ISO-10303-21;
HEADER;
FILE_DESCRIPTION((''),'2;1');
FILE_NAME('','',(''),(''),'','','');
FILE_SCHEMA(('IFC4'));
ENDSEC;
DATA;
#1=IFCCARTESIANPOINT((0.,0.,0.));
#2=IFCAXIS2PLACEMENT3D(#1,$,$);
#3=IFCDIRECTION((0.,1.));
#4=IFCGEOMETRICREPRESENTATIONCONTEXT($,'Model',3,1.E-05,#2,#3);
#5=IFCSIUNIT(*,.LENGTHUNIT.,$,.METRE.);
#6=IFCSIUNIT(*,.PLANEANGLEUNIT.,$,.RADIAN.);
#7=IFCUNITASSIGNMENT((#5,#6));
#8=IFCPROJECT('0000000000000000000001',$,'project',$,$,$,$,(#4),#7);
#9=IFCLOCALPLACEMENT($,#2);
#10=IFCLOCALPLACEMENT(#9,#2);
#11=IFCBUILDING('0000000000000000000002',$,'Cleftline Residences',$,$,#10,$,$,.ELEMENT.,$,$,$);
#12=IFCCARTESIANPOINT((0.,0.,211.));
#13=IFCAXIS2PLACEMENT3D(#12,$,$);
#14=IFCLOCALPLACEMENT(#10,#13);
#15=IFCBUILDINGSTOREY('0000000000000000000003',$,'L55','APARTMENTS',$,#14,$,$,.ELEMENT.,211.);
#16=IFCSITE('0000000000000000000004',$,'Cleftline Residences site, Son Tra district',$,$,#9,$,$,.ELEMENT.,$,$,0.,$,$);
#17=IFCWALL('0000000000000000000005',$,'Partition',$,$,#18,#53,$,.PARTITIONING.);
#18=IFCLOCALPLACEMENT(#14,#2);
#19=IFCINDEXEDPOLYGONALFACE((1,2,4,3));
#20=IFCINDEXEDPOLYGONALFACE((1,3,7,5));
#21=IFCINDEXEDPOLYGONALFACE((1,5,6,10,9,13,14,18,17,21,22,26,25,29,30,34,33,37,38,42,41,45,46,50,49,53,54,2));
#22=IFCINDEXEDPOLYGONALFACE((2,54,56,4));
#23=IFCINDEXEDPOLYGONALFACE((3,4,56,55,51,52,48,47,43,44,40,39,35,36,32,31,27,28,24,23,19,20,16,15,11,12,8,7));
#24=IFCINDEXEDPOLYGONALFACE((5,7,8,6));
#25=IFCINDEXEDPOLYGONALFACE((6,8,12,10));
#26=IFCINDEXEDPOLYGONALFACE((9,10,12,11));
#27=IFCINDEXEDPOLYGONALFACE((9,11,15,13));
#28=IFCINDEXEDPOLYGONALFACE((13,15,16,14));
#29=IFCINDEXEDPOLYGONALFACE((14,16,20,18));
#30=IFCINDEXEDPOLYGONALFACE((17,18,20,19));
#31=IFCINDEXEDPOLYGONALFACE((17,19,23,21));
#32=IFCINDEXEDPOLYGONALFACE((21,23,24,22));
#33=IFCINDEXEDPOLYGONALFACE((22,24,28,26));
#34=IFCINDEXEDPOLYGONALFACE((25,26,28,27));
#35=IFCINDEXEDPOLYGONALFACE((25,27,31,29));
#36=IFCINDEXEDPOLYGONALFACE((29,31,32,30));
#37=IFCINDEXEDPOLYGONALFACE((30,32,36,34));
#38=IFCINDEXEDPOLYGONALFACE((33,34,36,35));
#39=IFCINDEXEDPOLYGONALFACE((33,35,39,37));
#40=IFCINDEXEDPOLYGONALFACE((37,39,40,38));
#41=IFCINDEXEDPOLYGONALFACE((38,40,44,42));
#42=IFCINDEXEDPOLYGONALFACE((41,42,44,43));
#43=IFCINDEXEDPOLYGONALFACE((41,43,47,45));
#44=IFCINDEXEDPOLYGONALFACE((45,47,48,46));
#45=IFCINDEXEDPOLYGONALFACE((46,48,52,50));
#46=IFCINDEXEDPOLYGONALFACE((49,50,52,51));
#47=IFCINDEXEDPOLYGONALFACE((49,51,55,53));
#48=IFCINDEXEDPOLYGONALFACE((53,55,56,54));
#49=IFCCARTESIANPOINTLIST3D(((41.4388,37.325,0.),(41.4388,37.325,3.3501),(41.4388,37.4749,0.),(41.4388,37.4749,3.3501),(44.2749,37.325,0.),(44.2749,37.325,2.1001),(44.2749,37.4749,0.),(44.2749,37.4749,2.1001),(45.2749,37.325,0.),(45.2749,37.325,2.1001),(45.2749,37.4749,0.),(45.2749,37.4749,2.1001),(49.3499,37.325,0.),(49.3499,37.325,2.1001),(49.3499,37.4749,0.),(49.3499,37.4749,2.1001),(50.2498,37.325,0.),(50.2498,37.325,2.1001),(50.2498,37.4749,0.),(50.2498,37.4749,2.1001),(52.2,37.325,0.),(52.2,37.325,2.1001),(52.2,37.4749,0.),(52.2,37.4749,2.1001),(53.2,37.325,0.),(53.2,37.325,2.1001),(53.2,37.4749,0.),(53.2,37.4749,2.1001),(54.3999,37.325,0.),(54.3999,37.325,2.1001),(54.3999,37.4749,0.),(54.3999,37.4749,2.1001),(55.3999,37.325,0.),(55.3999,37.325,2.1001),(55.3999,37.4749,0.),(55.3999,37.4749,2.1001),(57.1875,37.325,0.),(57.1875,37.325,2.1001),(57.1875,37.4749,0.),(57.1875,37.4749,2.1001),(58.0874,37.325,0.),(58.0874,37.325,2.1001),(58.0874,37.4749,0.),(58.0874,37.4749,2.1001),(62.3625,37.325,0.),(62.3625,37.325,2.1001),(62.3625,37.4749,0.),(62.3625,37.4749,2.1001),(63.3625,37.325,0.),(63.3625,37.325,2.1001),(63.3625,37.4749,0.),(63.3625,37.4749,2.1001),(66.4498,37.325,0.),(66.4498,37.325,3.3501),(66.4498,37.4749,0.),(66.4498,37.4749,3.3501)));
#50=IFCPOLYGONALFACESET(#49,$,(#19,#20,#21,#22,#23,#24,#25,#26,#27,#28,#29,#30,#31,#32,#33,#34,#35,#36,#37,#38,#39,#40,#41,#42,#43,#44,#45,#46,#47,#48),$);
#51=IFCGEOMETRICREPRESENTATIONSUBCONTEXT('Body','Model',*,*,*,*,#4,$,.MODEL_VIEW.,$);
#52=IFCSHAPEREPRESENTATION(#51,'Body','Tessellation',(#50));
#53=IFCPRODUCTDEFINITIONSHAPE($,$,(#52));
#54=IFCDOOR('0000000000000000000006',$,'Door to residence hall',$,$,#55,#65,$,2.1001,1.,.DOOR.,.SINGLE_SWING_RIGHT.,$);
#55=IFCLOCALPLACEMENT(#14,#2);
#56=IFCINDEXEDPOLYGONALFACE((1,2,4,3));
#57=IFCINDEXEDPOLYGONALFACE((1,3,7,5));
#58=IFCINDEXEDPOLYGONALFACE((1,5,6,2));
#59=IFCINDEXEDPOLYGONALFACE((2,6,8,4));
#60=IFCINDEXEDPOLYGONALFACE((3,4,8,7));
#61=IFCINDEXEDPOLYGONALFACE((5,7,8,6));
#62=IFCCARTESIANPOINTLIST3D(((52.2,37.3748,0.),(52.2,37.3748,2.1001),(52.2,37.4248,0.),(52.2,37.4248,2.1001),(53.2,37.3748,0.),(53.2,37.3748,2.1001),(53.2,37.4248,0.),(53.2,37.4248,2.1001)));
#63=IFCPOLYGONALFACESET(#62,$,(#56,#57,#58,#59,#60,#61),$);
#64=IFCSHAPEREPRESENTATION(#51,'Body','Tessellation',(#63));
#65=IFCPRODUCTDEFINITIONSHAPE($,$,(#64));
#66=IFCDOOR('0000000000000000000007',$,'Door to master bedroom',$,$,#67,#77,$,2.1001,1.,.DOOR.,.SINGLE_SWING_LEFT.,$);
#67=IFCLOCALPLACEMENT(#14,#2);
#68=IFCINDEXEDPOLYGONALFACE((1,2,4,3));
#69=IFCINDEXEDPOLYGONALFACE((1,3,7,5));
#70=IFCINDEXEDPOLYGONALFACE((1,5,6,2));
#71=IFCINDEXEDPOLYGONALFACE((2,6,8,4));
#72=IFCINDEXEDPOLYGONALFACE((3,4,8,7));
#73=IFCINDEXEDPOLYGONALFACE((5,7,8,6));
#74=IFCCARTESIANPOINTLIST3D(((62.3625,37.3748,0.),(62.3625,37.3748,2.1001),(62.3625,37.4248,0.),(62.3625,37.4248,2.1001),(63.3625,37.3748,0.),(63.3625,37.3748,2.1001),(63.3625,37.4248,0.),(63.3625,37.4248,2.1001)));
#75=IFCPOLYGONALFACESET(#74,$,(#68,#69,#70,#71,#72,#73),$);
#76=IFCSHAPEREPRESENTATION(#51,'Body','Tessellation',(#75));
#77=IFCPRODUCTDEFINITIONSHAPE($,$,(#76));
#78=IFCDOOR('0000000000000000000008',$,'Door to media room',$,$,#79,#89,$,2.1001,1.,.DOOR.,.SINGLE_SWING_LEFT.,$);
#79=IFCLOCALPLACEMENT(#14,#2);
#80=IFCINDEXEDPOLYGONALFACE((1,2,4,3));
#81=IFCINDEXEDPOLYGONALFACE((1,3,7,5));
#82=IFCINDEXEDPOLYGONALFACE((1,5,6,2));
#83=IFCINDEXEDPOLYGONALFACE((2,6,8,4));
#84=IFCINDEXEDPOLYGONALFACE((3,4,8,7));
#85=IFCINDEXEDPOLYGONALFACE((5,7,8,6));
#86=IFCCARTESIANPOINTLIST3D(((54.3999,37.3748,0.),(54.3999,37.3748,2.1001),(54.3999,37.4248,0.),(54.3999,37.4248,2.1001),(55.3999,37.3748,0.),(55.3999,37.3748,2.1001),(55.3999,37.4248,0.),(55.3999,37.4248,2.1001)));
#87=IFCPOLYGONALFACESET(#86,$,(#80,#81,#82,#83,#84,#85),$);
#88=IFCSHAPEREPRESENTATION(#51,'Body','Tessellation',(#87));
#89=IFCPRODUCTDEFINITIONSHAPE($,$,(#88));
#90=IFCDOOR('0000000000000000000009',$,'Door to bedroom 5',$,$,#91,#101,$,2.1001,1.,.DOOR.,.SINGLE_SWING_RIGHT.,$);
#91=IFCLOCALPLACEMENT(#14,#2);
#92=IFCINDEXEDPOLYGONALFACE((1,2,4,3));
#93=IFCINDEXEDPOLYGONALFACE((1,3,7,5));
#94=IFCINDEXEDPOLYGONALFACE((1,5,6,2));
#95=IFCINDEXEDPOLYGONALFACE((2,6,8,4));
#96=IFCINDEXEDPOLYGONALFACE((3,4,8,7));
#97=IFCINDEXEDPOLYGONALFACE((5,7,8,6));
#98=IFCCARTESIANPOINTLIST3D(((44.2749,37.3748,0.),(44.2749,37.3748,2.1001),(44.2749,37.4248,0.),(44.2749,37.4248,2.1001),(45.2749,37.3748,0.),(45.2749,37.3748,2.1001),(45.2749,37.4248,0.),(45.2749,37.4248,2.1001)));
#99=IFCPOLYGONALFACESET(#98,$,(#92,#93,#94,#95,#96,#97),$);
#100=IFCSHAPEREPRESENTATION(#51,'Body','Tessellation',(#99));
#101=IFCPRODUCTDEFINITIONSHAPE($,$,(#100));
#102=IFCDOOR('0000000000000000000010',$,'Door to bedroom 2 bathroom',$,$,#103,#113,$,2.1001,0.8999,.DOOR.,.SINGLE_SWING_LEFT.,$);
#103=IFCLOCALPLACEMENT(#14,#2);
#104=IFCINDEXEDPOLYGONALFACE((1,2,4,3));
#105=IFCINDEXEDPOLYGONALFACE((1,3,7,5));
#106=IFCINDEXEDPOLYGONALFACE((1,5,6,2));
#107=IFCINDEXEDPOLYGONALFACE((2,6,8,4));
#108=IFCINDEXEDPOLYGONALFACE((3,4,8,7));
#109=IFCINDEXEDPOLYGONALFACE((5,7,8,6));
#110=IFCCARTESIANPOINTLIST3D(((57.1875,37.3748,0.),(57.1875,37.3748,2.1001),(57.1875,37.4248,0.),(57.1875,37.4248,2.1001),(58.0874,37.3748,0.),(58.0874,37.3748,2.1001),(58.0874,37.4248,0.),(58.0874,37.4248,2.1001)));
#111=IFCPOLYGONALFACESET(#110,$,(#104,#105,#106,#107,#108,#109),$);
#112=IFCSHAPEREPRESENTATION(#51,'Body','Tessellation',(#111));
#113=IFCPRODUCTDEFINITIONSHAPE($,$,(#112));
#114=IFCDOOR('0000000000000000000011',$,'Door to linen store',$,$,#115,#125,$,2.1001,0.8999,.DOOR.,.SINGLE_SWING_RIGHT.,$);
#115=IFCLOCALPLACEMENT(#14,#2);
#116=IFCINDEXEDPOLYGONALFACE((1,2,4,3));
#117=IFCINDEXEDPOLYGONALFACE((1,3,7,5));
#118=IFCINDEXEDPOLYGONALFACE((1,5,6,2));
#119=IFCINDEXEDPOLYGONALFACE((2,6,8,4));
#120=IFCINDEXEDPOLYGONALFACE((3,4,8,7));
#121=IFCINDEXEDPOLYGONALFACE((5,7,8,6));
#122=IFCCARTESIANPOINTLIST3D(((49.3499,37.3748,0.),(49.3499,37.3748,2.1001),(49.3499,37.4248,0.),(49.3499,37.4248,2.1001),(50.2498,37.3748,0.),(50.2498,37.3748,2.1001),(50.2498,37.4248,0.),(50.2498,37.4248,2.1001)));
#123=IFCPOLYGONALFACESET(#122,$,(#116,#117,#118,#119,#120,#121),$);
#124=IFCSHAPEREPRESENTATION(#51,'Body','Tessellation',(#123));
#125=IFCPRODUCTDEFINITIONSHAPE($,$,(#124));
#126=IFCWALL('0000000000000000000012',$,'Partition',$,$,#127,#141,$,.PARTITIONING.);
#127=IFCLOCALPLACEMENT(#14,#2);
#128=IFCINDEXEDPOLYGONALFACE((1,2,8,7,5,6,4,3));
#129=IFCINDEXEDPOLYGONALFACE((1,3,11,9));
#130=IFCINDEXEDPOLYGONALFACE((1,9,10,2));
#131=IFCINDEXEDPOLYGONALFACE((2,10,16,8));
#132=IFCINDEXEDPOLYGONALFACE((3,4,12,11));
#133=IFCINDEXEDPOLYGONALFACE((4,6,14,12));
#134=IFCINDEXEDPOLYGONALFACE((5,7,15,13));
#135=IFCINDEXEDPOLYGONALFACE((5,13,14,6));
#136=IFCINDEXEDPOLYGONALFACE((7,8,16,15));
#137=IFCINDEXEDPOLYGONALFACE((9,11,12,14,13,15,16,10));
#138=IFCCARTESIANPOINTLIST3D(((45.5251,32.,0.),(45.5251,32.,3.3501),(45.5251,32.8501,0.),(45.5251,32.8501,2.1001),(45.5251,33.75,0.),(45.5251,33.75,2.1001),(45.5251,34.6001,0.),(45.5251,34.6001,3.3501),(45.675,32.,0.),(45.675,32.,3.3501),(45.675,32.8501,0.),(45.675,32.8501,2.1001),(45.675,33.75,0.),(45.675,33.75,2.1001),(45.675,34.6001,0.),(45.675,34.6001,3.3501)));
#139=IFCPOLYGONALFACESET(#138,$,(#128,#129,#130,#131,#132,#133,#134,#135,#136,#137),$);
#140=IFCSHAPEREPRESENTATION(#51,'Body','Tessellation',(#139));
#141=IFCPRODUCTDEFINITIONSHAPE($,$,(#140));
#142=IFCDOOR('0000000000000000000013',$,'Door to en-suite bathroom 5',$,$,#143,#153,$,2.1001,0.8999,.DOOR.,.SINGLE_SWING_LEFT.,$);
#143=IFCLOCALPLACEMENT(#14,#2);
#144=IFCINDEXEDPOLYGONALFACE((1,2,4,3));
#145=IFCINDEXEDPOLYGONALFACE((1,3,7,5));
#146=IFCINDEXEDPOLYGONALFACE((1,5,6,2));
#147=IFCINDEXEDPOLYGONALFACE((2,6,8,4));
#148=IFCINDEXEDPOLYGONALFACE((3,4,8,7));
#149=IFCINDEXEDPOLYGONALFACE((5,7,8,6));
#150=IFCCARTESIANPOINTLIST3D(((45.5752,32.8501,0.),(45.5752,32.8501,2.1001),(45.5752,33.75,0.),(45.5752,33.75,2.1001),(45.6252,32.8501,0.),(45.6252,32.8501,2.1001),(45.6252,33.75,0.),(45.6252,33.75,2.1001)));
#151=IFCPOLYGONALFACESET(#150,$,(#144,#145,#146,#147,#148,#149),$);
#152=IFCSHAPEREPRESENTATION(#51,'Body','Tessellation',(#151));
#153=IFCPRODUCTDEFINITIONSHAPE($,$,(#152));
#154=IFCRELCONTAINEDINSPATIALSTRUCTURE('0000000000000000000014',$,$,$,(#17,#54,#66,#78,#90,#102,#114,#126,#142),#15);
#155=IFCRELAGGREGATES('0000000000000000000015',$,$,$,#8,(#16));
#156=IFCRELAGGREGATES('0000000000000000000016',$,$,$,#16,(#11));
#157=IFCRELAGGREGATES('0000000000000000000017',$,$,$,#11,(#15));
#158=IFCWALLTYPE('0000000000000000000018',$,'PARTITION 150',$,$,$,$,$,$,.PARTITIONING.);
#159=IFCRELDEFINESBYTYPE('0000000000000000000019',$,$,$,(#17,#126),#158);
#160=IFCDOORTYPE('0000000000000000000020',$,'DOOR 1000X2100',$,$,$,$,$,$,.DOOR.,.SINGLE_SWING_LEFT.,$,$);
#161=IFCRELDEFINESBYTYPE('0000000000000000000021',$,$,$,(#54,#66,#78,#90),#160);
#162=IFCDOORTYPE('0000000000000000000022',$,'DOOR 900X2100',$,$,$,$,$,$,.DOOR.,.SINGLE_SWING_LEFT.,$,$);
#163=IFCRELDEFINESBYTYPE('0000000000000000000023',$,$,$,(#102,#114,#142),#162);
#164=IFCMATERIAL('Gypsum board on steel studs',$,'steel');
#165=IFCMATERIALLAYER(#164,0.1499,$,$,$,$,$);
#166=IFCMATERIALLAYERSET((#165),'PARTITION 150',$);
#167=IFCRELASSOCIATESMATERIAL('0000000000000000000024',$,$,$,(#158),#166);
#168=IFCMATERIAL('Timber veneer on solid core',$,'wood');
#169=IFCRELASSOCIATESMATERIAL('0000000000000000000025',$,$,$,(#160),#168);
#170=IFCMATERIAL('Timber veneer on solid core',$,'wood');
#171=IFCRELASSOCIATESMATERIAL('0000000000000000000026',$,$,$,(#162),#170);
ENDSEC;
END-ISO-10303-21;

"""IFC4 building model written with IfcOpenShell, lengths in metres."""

from ifc_helpers import new_model, si_unit, direction, frame, frame_2d, origin, place, context, subcontext, project, spatial, rectangle, extrude, material, layer, layer_set, type_object, element, fill, save


model = new_model("IFC4")

# Units and contexts
model_context = context("Model", 3, precision=1e-05, world=origin(), true_north=direction((0.0, 1.0)))
body_context = subcontext(model_context, "Body", "Model", "MODEL_VIEW")
ifc_project = project(units=[si_unit("LENGTHUNIT", "METRE"), si_unit("PLANEANGLEUNIT", "RADIAN")], contexts=[model_context])

# Site, building, storey
site_placement = place(None, origin())
site = spatial("IfcSite", under=ifc_project, at=site_placement, Name="Cleftline Residences site, Son Tra district", CompositionType="ELEMENT", RefElevation=0.0)
building_placement = place(site_placement, origin())
building = spatial("IfcBuilding", under=site, at=building_placement, Name="Cleftline Residences", CompositionType="ELEMENT")
storey_placement = place(building_placement, frame((0.0, 0.0, 211.0)))
storey = spatial("IfcBuildingStorey", under=building, at=storey_placement, Name="L55", Description="APARTMENTS", CompositionType="ELEMENT", Elevation=211.0)

# Shared definitions
ifc_material_1 = material(Name="Gypsum board on steel studs", Category="steel")
ifc_layer_1 = layer(ifc_material_1, 0.1499)
ifc_layer_set_1 = layer_set([ifc_layer_1], Name="PARTITION 150")
wall_type_1 = type_object("IfcWallType", Name="PARTITION 150", PredefinedType="PARTITIONING", material=ifc_layer_set_1)
ifc_material_2 = material(Name="Timber veneer on solid core", Category="wood")
door_type_1 = type_object("IfcDoorType", Name="DOOR 1000X2100", OperationType="SINGLE_SWING_LEFT", PredefinedType="DOOR", material=ifc_material_2)

# Wall, openings, doors
wall_1_placement = place(storey_placement, frame((41.439, 37.3999, 0.0), z_axis=(0.0, 0.0, 1.0), x_axis=(1.0, 0.0, 0.0)))
wall_1 = element("IfcWall", 1, at=wall_1_placement, inside=storey, type_object=wall_type_1, Name="Partition", PredefinedType="PARTITIONING", context=body_context, shape_type="SweptSolid", body=[
    extrude(rectangle(XDim=25.011, YDim=0.1499, at=frame_2d((12.5054, 0.0))), origin(), (0.0, 0.0, 1.0), 3.3501),
])
opening_1_placement = place(wall_1_placement, frame((10.761, 0.0, 0.0)))
opening_1 = element("IfcOpeningElement", 2, at=opening_1_placement, cuts=wall_1, PredefinedType="OPENING", context=body_context, shape_type="SweptSolid", body=[
    extrude(rectangle(XDim=1.0, YDim=2.1001, at=frame_2d((0.5, 1.05))), frame((0.0, 0.085, 0.0), z_axis=(0.0, -1.0, 0.0), x_axis=(1.0, 0.0, 0.0)), (0.0, 0.0, 1.0), 0.1699),
])
opening_2_placement = place(wall_1_placement, frame((20.9236, 0.0, 0.0)))
opening_2 = element("IfcOpeningElement", 3, at=opening_2_placement, cuts=wall_1, PredefinedType="OPENING", context=body_context, shape_type="SweptSolid", body=[
    extrude(rectangle(XDim=1.0, YDim=2.1001, at=frame_2d((0.5, 1.05))), frame((0.0, 0.085, 0.0), z_axis=(0.0, -1.0, 0.0), x_axis=(1.0, 0.0, 0.0)), (0.0, 0.0, 1.0), 0.1699),
])
opening_3_placement = place(wall_1_placement, frame((15.7485, 0.0, 0.0)))
opening_3 = element("IfcOpeningElement", 4, at=opening_3_placement, cuts=wall_1, PredefinedType="OPENING", context=body_context, shape_type="SweptSolid", body=[
    extrude(rectangle(XDim=0.8999, YDim=2.1001, at=frame_2d((0.45, 1.05))), frame((0.0, 0.085, 0.0), z_axis=(0.0, -1.0, 0.0), x_axis=(1.0, 0.0, 0.0)), (0.0, 0.0, 1.0), 0.1699),
])
opening_4_placement = place(wall_1_placement, frame((12.9609, 0.0, 0.0)))
opening_4 = element("IfcOpeningElement", 5, at=opening_4_placement, cuts=wall_1, PredefinedType="OPENING", context=body_context, shape_type="SweptSolid", body=[
    extrude(rectangle(XDim=1.0, YDim=2.1001, at=frame_2d((0.5, 1.05))), frame((0.0, 0.085, 0.0), z_axis=(0.0, -1.0, 0.0), x_axis=(1.0, 0.0, 0.0)), (0.0, 0.0, 1.0), 0.1699),
])
opening_5_placement = place(wall_1_placement, frame((7.9109, 0.0, 0.0)))
opening_5 = element("IfcOpeningElement", 6, at=opening_5_placement, cuts=wall_1, PredefinedType="OPENING", context=body_context, shape_type="SweptSolid", body=[
    extrude(rectangle(XDim=0.8999, YDim=2.1001, at=frame_2d((0.45, 1.05))), frame((0.0, 0.085, 0.0), z_axis=(0.0, -1.0, 0.0), x_axis=(1.0, 0.0, 0.0)), (0.0, 0.0, 1.0), 0.1699),
])
opening_6_placement = place(wall_1_placement, frame((2.8359, 0.0, 0.0)))
opening_6 = element("IfcOpeningElement", 7, at=opening_6_placement, cuts=wall_1, PredefinedType="OPENING", context=body_context, shape_type="SweptSolid", body=[
    extrude(rectangle(XDim=1.0, YDim=2.1001, at=frame_2d((0.5, 1.05))), frame((0.0, 0.085, 0.0), z_axis=(0.0, -1.0, 0.0), x_axis=(1.0, 0.0, 0.0)), (0.0, 0.0, 1.0), 0.1699),
])
door_1_placement = place(opening_1_placement, origin())
door_1 = element("IfcDoor", 8, at=door_1_placement, inside=storey, type_object=door_type_1, Name="Door to residence hall", OperationType="SINGLE_SWING_RIGHT", OverallHeight=2.1001, OverallWidth=1.0, PredefinedType="DOOR", context=body_context, shape_type="SweptSolid", body=[
    extrude(rectangle(XDim=1.0, YDim=2.1001, at=frame_2d((0.5, 1.05))), frame((0.0, 0.0249, 0.0), z_axis=(0.0, -1.0, 0.0), x_axis=(1.0, 0.0, 0.0)), (0.0, 0.0, 1.0), 0.05),
])
fill(opening_1, door_1)
door_2_placement = place(opening_2_placement, origin())
door_2 = element("IfcDoor", 9, at=door_2_placement, inside=storey, type_object=door_type_1, Name="Door to master bedroom", OperationType="SINGLE_SWING_LEFT", OverallHeight=2.1001, OverallWidth=1.0, PredefinedType="DOOR", context=body_context, shape_type="SweptSolid", body=[
    extrude(rectangle(XDim=1.0, YDim=2.1001, at=frame_2d((0.5, 1.05))), frame((0.0, 0.0249, 0.0), z_axis=(0.0, -1.0, 0.0), x_axis=(1.0, 0.0, 0.0)), (0.0, 0.0, 1.0), 0.05),
])
fill(opening_2, door_2)
door_3_placement = place(opening_4_placement, origin())
door_3 = element("IfcDoor", 10, at=door_3_placement, inside=storey, type_object=door_type_1, Name="Door to media room", OperationType="SINGLE_SWING_LEFT", OverallHeight=2.1001, OverallWidth=1.0, PredefinedType="DOOR", context=body_context, shape_type="SweptSolid", body=[
    extrude(rectangle(XDim=1.0, YDim=2.1001, at=frame_2d((0.5, 1.05))), frame((0.0, 0.0249, 0.0), z_axis=(0.0, -1.0, 0.0), x_axis=(1.0, 0.0, 0.0)), (0.0, 0.0, 1.0), 0.05),
])
fill(opening_4, door_3)
door_4_placement = place(opening_6_placement, origin())
door_4 = element("IfcDoor", 11, at=door_4_placement, inside=storey, type_object=door_type_1, Name="Door to bedroom 5", OperationType="SINGLE_SWING_RIGHT", OverallHeight=2.1001, OverallWidth=1.0, PredefinedType="DOOR", context=body_context, shape_type="SweptSolid", body=[
    extrude(rectangle(XDim=1.0, YDim=2.1001, at=frame_2d((0.5, 1.05))), frame((0.0, 0.0249, 0.0), z_axis=(0.0, -1.0, 0.0), x_axis=(1.0, 0.0, 0.0)), (0.0, 0.0, 1.0), 0.05),
])
fill(opening_6, door_4)
ifc_material_3 = material(Name="Timber veneer on solid core", Category="wood")
door_type_2 = type_object("IfcDoorType", Name="DOOR 900X2100", OperationType="SINGLE_SWING_LEFT", PredefinedType="DOOR", material=ifc_material_3)
door_5_placement = place(opening_3_placement, origin())
door_5 = element("IfcDoor", 12, at=door_5_placement, inside=storey, type_object=door_type_2, Name="Door to bedroom 2 bathroom", OperationType="SINGLE_SWING_LEFT", OverallHeight=2.1001, OverallWidth=0.8999, PredefinedType="DOOR", context=body_context, shape_type="SweptSolid", body=[
    extrude(rectangle(XDim=0.8999, YDim=2.1001, at=frame_2d((0.45, 1.05))), frame((0.0, 0.0249, 0.0), z_axis=(0.0, -1.0, 0.0), x_axis=(1.0, 0.0, 0.0)), (0.0, 0.0, 1.0), 0.05),
])
fill(opening_3, door_5)
door_6_placement = place(opening_5_placement, origin())
door_6 = element("IfcDoor", 13, at=door_6_placement, inside=storey, type_object=door_type_2, Name="Door to linen store", OperationType="SINGLE_SWING_RIGHT", OverallHeight=2.1001, OverallWidth=0.8999, PredefinedType="DOOR", context=body_context, shape_type="SweptSolid", body=[
    extrude(rectangle(XDim=0.8999, YDim=2.1001, at=frame_2d((0.45, 1.05))), frame((0.0, 0.0249, 0.0), z_axis=(0.0, -1.0, 0.0), x_axis=(1.0, 0.0, 0.0)), (0.0, 0.0, 1.0), 0.05),
])
fill(opening_5, door_6)

# Wall, opening, door
wall_2_placement = place(storey_placement, frame((45.6001, 32.0, 0.0), z_axis=(0.0, 0.0, 1.0), x_axis=(0.0, 1.0, 0.0)))
wall_2 = element("IfcWall", 14, at=wall_2_placement, inside=storey, type_object=wall_type_1, Name="Partition", PredefinedType="PARTITIONING", context=body_context, shape_type="SweptSolid", body=[
    extrude(rectangle(XDim=2.6001, YDim=0.1499, at=frame_2d((1.3, 0.0))), origin(), (0.0, 0.0, 1.0), 3.3501),
])
opening_7_placement = place(wall_2_placement, frame((0.8501, 0.0, 0.0)))
opening_7 = element("IfcOpeningElement", 15, at=opening_7_placement, cuts=wall_2, PredefinedType="OPENING", context=body_context, shape_type="SweptSolid", body=[
    extrude(rectangle(XDim=0.8999, YDim=2.1001, at=frame_2d((0.45, 1.05))), frame((0.0, 0.085, 0.0), z_axis=(0.0, -1.0, 0.0), x_axis=(1.0, 0.0, 0.0)), (0.0, 0.0, 1.0), 0.1699),
])
door_7_placement = place(opening_7_placement, origin())
door_7 = element("IfcDoor", 16, at=door_7_placement, inside=storey, type_object=door_type_2, Name="Door to en-suite bathroom 5", OperationType="SINGLE_SWING_LEFT", OverallHeight=2.1001, OverallWidth=0.8999, PredefinedType="DOOR", context=body_context, shape_type="SweptSolid", body=[
    extrude(rectangle(XDim=0.8999, YDim=2.1001, at=frame_2d((0.45, 1.05))), frame((0.0, 0.0249, 0.0), z_axis=(0.0, -1.0, 0.0), x_axis=(1.0, 0.0, 0.0)), (0.0, 0.0, 1.0), 0.05),
])
fill(opening_7, door_7)

save(model, "model.ifc")
